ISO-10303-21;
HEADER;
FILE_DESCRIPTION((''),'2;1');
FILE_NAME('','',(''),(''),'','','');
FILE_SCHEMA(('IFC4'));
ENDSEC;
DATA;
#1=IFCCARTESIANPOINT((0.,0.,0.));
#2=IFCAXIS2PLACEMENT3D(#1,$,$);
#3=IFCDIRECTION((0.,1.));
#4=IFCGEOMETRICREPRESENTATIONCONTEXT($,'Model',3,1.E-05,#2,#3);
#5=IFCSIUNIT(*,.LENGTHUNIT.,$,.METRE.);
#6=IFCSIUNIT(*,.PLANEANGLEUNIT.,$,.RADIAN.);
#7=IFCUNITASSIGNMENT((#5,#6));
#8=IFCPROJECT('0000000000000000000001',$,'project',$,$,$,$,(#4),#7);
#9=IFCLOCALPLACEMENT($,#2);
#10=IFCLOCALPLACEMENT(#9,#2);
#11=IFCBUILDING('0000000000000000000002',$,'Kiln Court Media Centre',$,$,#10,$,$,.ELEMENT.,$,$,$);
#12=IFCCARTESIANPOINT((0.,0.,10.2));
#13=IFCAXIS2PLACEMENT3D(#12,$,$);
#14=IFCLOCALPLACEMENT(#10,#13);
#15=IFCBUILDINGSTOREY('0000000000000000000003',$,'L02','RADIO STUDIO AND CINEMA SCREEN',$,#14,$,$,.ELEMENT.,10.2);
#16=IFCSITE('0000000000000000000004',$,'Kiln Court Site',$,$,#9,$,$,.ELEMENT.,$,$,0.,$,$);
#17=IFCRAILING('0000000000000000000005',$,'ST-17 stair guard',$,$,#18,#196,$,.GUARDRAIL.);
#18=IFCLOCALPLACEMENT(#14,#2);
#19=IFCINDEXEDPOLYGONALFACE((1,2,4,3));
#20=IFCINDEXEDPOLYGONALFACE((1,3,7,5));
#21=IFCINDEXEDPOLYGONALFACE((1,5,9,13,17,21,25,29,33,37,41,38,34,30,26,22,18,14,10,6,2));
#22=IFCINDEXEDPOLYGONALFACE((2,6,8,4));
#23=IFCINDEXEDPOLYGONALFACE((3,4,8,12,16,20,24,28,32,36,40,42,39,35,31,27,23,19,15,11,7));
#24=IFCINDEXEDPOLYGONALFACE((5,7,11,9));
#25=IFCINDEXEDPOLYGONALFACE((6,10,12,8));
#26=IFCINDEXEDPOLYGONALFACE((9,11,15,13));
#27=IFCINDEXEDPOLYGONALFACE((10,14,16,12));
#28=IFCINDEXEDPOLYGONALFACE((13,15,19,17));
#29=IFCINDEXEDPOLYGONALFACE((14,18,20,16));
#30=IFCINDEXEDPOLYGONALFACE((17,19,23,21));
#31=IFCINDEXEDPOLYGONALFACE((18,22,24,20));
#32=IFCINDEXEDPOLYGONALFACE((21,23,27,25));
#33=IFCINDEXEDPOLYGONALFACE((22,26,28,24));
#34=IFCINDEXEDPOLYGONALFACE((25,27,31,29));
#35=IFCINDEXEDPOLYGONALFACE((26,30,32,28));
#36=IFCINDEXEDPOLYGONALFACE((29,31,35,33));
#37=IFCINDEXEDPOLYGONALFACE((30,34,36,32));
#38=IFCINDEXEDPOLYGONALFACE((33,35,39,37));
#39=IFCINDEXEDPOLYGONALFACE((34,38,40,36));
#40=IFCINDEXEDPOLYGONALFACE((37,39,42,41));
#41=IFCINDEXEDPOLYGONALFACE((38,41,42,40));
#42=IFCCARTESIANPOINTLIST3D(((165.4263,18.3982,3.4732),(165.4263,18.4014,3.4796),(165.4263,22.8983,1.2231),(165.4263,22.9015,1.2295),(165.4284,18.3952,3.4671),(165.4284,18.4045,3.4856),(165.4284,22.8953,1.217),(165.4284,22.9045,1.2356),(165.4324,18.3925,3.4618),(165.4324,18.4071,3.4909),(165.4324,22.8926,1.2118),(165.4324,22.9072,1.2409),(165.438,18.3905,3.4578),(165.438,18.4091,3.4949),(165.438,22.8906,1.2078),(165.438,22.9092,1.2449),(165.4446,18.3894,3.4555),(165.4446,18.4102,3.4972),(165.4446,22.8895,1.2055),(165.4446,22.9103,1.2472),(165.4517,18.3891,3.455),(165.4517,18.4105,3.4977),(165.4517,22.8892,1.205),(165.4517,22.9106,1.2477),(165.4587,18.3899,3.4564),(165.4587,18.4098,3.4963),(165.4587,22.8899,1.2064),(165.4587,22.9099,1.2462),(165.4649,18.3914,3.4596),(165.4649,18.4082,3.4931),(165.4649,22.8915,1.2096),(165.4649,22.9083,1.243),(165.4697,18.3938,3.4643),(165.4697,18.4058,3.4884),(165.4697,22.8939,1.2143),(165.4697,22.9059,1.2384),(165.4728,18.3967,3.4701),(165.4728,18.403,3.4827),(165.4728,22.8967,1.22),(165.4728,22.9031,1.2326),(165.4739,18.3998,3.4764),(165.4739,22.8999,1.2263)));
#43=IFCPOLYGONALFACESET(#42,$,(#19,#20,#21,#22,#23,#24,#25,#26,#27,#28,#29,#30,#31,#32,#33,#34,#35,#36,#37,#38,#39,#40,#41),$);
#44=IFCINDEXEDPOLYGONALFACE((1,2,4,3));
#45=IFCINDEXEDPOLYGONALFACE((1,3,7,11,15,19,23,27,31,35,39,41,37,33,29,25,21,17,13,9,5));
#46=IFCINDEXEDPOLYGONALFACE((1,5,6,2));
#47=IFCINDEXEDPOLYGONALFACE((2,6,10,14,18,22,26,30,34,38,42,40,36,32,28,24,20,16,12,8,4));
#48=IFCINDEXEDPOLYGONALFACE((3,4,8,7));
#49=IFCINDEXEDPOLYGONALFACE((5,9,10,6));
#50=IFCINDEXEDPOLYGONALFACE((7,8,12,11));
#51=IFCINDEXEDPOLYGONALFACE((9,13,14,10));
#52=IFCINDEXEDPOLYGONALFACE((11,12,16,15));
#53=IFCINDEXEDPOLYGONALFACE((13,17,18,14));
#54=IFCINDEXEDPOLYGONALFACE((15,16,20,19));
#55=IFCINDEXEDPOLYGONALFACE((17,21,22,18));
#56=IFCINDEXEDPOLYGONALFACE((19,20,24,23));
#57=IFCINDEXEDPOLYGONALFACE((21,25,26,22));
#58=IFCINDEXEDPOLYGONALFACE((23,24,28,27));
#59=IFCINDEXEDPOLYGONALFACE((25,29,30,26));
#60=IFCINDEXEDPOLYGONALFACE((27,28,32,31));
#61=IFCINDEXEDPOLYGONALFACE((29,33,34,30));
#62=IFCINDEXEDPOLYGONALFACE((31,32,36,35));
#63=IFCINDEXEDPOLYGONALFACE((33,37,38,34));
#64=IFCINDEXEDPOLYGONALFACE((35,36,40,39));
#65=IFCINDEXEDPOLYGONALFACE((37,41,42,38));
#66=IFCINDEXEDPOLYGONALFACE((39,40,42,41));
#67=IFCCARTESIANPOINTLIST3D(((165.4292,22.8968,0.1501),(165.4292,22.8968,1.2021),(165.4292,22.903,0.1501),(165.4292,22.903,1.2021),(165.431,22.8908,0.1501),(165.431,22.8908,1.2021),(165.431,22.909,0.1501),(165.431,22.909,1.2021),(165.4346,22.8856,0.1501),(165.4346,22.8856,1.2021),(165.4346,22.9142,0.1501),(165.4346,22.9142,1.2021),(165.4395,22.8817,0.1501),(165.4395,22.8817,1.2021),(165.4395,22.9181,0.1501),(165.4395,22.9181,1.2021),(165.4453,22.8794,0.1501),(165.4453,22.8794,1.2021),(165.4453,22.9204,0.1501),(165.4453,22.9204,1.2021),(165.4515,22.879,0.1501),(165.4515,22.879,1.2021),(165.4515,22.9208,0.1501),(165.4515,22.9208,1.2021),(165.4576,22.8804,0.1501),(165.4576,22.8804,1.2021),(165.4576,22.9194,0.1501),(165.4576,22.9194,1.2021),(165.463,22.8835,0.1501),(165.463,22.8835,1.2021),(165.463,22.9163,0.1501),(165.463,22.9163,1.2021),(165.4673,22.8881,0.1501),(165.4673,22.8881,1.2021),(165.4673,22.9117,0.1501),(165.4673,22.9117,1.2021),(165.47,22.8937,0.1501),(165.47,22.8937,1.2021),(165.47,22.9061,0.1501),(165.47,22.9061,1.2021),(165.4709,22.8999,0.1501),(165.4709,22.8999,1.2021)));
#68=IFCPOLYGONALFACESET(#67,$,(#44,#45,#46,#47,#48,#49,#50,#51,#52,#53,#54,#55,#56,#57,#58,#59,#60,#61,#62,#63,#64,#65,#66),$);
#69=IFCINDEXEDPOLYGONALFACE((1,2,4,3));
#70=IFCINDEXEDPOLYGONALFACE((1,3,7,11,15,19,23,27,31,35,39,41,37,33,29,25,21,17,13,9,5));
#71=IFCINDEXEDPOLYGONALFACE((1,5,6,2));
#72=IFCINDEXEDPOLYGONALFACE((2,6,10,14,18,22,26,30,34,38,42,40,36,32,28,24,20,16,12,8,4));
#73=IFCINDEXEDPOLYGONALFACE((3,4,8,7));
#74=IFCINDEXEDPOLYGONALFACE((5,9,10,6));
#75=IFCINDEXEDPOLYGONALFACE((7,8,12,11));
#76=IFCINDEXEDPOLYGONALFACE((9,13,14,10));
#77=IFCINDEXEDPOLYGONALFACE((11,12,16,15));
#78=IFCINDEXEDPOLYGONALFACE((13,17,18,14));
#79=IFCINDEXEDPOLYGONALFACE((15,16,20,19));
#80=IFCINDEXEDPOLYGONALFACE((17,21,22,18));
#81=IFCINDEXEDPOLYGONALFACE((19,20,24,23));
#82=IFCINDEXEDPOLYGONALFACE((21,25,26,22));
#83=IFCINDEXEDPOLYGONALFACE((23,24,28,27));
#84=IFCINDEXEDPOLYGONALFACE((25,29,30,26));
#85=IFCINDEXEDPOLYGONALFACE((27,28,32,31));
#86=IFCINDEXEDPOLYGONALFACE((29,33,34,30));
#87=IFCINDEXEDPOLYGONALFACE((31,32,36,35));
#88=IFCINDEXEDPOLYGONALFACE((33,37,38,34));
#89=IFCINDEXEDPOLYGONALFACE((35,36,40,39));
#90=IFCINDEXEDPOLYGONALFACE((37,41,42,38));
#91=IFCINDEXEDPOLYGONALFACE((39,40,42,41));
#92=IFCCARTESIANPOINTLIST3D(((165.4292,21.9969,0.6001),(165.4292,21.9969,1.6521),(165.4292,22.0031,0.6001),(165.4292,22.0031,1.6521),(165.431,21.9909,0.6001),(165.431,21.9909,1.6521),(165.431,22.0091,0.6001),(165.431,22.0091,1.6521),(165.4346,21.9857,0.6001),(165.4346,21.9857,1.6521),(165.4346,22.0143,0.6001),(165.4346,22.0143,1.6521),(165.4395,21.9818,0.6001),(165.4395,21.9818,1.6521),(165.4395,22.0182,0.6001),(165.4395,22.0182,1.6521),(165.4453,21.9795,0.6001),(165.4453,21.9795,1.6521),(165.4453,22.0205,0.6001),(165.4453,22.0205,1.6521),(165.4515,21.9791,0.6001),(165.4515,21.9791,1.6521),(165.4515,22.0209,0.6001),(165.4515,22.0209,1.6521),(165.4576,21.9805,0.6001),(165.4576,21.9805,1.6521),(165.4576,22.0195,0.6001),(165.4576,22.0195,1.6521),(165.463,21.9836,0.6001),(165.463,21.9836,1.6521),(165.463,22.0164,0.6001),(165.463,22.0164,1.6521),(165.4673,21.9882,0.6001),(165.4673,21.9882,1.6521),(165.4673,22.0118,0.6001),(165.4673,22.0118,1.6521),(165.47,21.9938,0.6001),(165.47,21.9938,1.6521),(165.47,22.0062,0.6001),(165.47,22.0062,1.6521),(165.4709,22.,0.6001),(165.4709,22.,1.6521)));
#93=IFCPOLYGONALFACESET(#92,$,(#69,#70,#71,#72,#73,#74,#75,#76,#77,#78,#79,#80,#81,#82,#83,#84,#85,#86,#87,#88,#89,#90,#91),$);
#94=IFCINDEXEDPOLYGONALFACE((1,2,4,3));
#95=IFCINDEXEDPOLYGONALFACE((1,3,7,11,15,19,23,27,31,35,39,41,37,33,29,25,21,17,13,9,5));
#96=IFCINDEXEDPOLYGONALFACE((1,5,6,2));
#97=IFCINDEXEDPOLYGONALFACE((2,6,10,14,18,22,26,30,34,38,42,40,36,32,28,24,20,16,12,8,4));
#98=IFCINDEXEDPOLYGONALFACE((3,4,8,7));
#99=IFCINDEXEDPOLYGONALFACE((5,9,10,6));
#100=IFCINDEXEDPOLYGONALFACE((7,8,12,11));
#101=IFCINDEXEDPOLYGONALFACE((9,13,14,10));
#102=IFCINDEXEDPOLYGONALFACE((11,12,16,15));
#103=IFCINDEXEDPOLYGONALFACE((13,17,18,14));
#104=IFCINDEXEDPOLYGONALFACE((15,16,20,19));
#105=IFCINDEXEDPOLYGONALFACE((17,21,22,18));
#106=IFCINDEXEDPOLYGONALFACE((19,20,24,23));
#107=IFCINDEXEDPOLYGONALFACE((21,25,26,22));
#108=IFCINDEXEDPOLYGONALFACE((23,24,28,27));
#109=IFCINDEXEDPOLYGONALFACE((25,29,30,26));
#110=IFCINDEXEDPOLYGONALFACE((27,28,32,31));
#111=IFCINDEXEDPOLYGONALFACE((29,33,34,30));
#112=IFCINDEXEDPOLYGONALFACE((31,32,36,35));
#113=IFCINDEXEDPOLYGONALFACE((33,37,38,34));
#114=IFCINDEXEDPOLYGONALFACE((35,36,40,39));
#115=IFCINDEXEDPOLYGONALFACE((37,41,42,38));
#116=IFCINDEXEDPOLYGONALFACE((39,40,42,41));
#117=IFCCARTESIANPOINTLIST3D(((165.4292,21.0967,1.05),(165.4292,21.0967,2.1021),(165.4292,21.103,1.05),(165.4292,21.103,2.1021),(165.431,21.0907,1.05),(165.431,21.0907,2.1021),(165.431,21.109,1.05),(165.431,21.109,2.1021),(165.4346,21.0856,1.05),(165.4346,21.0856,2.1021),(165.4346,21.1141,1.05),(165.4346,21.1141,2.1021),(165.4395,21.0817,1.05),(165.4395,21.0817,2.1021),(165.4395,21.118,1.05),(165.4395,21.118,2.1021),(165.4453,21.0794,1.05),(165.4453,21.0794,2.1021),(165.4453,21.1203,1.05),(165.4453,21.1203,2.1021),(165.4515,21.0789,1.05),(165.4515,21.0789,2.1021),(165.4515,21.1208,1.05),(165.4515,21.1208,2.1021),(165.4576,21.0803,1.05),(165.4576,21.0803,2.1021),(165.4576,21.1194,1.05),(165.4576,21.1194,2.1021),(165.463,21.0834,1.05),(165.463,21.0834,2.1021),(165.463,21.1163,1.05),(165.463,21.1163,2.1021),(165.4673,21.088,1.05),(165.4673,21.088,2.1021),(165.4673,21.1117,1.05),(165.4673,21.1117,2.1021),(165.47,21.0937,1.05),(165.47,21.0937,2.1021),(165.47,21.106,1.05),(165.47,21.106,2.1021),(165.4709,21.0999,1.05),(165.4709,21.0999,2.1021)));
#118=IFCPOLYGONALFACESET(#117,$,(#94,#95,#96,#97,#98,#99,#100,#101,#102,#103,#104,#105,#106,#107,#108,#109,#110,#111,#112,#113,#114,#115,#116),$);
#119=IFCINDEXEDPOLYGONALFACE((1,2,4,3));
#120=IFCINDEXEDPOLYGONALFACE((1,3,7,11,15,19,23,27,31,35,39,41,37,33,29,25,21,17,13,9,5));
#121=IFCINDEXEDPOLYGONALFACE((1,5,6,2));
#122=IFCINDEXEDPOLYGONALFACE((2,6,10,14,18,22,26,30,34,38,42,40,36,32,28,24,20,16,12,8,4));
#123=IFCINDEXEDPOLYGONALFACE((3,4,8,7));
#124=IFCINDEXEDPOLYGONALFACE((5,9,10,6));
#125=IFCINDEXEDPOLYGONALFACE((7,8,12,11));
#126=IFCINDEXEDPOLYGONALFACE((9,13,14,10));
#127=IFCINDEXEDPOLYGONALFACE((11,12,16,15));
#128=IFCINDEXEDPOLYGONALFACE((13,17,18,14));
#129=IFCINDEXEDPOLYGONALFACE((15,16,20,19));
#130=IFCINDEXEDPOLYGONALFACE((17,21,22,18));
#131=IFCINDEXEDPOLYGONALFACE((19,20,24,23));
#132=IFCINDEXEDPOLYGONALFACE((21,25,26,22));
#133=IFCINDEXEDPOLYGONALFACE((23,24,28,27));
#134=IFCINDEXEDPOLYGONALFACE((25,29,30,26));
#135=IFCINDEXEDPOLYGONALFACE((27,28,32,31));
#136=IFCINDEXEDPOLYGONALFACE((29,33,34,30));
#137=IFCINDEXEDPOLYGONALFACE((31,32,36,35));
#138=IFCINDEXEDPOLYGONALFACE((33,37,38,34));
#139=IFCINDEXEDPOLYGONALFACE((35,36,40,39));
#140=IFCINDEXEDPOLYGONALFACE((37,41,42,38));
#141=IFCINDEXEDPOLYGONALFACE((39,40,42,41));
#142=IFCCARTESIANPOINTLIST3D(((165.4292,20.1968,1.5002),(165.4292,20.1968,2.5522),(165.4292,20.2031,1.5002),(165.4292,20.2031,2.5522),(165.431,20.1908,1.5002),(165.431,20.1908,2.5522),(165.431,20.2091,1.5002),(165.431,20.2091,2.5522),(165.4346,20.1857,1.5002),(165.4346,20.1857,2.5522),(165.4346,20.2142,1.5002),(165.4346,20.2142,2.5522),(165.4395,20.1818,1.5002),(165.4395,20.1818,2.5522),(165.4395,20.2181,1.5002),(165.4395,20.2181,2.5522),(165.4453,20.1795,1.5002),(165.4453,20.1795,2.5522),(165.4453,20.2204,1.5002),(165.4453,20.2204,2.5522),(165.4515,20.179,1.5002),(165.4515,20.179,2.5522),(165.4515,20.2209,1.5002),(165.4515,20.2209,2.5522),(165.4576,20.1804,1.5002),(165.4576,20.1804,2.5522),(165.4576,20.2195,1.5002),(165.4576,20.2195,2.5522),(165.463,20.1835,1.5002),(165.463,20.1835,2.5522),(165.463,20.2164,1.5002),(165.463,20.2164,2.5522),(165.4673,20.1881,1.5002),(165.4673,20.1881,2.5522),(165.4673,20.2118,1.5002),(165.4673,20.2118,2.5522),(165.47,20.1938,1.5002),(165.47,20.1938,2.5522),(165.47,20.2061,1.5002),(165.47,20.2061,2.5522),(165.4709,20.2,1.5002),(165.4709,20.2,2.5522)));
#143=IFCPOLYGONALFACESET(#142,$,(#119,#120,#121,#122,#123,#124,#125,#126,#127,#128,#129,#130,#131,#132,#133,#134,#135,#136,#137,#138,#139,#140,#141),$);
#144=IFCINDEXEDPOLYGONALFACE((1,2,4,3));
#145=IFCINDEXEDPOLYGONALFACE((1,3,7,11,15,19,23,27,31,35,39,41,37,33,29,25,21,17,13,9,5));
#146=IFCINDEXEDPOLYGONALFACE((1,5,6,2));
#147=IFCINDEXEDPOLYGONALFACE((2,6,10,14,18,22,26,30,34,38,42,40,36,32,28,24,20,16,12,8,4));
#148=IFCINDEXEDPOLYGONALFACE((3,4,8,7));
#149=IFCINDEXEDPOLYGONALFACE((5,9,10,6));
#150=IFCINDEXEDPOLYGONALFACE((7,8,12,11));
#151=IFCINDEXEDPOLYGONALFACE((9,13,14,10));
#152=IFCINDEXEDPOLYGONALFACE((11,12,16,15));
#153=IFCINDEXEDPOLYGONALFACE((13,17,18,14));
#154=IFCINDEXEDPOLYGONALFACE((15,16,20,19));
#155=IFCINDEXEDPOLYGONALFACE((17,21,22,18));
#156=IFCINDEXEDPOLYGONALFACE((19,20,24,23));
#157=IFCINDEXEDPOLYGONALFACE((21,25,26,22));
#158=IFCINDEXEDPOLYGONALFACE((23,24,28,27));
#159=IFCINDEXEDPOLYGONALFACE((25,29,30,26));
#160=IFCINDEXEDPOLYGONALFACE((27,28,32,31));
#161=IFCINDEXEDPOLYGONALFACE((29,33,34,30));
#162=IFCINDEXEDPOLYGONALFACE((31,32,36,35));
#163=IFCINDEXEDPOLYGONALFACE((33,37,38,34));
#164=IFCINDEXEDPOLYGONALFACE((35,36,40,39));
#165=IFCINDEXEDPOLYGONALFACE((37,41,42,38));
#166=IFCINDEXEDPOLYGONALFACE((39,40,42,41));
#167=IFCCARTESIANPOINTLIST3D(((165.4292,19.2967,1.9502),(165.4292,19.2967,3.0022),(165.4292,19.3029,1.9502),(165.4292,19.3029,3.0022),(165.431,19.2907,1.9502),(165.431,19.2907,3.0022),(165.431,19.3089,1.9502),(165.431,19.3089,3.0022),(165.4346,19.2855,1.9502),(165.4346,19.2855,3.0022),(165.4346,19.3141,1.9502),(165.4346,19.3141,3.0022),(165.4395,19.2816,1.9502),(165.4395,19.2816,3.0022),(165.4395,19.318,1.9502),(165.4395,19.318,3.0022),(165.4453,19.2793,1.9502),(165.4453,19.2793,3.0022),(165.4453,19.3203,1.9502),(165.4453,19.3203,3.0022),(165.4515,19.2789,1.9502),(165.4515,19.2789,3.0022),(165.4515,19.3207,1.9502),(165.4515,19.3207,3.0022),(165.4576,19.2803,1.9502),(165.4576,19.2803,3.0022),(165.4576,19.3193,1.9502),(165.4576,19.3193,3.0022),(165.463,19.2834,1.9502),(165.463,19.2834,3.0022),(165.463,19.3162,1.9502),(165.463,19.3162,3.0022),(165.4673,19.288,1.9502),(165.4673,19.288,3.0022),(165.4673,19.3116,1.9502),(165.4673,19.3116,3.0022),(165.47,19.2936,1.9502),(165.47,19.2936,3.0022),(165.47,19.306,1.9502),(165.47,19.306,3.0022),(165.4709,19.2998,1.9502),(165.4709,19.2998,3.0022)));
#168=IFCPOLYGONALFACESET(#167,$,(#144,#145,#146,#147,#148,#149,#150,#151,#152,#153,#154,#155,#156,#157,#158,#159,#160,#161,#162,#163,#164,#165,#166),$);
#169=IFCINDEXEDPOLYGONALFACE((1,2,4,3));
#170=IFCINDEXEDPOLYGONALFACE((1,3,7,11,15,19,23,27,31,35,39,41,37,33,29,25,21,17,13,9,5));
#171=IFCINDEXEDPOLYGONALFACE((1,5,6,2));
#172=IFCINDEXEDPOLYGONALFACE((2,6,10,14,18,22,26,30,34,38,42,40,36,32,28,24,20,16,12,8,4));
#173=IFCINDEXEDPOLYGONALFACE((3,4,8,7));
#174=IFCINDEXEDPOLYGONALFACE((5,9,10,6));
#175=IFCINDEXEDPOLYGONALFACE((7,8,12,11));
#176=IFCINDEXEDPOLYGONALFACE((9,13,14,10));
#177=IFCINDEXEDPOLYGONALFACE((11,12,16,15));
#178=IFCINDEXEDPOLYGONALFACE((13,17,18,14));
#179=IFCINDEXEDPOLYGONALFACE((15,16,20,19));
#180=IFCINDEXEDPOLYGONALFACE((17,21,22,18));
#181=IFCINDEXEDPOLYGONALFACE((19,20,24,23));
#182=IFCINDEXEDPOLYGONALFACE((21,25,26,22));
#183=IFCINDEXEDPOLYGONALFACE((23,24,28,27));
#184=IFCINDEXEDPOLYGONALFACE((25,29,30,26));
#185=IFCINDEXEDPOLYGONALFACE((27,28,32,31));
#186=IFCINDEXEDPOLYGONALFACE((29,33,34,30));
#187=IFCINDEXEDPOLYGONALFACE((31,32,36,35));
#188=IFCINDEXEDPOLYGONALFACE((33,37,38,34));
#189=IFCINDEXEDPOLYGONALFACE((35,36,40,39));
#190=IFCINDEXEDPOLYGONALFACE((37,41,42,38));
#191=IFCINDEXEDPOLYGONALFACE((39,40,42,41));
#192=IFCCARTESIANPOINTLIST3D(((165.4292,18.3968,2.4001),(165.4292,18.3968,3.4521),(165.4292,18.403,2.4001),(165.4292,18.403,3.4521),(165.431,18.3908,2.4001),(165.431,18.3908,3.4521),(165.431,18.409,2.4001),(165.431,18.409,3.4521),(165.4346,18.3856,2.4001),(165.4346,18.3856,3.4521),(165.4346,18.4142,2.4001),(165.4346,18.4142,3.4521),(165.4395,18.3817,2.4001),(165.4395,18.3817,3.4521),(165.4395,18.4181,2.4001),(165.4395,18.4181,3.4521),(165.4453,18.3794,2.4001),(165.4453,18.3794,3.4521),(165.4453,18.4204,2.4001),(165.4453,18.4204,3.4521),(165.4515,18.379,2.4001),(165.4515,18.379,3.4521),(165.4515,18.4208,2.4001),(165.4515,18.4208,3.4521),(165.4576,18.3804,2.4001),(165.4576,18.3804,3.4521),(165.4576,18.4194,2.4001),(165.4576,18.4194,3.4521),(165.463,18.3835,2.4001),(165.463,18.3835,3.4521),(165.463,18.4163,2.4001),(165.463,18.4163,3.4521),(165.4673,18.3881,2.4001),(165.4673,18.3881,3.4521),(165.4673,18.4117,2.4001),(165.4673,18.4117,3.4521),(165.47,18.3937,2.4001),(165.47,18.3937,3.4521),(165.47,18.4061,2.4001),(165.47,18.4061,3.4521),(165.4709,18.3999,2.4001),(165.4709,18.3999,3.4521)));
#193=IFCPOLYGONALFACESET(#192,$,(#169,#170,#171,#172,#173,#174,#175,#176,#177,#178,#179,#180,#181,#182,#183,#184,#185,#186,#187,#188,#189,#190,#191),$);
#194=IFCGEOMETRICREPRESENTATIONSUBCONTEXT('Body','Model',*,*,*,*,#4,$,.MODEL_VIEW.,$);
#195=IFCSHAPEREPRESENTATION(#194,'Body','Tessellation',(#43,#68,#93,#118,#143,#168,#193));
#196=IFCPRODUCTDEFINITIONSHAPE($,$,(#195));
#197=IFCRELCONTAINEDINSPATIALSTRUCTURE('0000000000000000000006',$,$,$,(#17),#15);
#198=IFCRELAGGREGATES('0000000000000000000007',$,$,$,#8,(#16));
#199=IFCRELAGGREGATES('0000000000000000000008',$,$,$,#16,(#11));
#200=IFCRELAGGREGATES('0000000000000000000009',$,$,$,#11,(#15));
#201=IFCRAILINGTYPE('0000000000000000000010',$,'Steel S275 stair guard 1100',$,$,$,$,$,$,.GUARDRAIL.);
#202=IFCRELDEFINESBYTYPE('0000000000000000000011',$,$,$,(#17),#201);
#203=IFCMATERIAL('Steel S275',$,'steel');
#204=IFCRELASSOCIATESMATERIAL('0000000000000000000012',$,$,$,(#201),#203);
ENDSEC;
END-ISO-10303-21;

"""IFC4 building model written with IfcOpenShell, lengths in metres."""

from ifc_helpers import new_model, si_unit, direction, frame, origin, origin_2d, place, context, subcontext, project, spatial, circle, extrude, material, type_object, element, save


model = new_model("IFC4")

# Units and contexts
model_context = context("Model", 3, precision=1e-05, world=origin(), true_north=direction((0.0, 1.0)))
body_context = subcontext(model_context, "Body", "Model", "MODEL_VIEW")
ifc_project = project(units=[si_unit("LENGTHUNIT", "METRE"), si_unit("PLANEANGLEUNIT", "RADIAN")], contexts=[model_context])

# Site, building, storey
site_placement = place(None, origin())
site = spatial("IfcSite", under=ifc_project, at=site_placement, Name="Kiln Court Site", CompositionType="ELEMENT", RefElevation=0.0)
building_placement = place(site_placement, origin())
building = spatial("IfcBuilding", under=site, at=building_placement, Name="Kiln Court Media Centre", CompositionType="ELEMENT")
storey_placement = place(building_placement, frame((0.0, 0.0, 10.2)))
storey = spatial("IfcBuildingStorey", under=building, at=storey_placement, Name="L02", Description="RADIO STUDIO AND CINEMA SCREEN", CompositionType="ELEMENT", Elevation=10.2)

# Railing
ifc_material_1 = material(Name="Steel S275", Category="steel")
railing_type_1 = type_object("IfcRailingType", Name="Steel S275 stair guard 1100", PredefinedType="GUARDRAIL", material=ifc_material_1)
railing_1_placement = place(storey_placement, frame((165.45, 22.8999, 0.1501)))
element("IfcRailing", 1, at=railing_1_placement, inside=storey, type_object=railing_type_1, Name="ST-17 stair guard", PredefinedType="GUARDRAIL", context=body_context, shape_type="SweptSolid", body=[
    extrude(circle(Radius=0.0239, at=origin_2d()), frame((0.0, 0.0, 1.0762), z_axis=(0.0, -0.894427, 0.447214), x_axis=(1.0, 0.0, 0.0)), (0.0, 0.0, 1.0), 5.0312),
    extrude(circle(Radius=0.021, at=origin_2d()), origin(), (0.0, 0.0, 1.0), 1.052),
    extrude(circle(Radius=0.021, at=origin_2d()), frame((0.0, -0.8999, 0.45)), (0.0, 0.0, 1.0), 1.052),
    extrude(circle(Radius=0.021, at=origin_2d()), frame((0.0, -1.8, 0.8999)), (0.0, 0.0, 1.0), 1.052),
    extrude(circle(Radius=0.021, at=origin_2d()), frame((0.0, -2.7, 1.3501)), (0.0, 0.0, 1.0), 1.052),
    extrude(circle(Radius=0.021, at=origin_2d()), frame((0.0, -3.6001, 1.8)), (0.0, 0.0, 1.0), 1.052),
    extrude(circle(Radius=0.021, at=origin_2d()), frame((0.0, -4.5, 2.25)), (0.0, 0.0, 1.0), 1.052),
])

save(model, "model.ifc")
